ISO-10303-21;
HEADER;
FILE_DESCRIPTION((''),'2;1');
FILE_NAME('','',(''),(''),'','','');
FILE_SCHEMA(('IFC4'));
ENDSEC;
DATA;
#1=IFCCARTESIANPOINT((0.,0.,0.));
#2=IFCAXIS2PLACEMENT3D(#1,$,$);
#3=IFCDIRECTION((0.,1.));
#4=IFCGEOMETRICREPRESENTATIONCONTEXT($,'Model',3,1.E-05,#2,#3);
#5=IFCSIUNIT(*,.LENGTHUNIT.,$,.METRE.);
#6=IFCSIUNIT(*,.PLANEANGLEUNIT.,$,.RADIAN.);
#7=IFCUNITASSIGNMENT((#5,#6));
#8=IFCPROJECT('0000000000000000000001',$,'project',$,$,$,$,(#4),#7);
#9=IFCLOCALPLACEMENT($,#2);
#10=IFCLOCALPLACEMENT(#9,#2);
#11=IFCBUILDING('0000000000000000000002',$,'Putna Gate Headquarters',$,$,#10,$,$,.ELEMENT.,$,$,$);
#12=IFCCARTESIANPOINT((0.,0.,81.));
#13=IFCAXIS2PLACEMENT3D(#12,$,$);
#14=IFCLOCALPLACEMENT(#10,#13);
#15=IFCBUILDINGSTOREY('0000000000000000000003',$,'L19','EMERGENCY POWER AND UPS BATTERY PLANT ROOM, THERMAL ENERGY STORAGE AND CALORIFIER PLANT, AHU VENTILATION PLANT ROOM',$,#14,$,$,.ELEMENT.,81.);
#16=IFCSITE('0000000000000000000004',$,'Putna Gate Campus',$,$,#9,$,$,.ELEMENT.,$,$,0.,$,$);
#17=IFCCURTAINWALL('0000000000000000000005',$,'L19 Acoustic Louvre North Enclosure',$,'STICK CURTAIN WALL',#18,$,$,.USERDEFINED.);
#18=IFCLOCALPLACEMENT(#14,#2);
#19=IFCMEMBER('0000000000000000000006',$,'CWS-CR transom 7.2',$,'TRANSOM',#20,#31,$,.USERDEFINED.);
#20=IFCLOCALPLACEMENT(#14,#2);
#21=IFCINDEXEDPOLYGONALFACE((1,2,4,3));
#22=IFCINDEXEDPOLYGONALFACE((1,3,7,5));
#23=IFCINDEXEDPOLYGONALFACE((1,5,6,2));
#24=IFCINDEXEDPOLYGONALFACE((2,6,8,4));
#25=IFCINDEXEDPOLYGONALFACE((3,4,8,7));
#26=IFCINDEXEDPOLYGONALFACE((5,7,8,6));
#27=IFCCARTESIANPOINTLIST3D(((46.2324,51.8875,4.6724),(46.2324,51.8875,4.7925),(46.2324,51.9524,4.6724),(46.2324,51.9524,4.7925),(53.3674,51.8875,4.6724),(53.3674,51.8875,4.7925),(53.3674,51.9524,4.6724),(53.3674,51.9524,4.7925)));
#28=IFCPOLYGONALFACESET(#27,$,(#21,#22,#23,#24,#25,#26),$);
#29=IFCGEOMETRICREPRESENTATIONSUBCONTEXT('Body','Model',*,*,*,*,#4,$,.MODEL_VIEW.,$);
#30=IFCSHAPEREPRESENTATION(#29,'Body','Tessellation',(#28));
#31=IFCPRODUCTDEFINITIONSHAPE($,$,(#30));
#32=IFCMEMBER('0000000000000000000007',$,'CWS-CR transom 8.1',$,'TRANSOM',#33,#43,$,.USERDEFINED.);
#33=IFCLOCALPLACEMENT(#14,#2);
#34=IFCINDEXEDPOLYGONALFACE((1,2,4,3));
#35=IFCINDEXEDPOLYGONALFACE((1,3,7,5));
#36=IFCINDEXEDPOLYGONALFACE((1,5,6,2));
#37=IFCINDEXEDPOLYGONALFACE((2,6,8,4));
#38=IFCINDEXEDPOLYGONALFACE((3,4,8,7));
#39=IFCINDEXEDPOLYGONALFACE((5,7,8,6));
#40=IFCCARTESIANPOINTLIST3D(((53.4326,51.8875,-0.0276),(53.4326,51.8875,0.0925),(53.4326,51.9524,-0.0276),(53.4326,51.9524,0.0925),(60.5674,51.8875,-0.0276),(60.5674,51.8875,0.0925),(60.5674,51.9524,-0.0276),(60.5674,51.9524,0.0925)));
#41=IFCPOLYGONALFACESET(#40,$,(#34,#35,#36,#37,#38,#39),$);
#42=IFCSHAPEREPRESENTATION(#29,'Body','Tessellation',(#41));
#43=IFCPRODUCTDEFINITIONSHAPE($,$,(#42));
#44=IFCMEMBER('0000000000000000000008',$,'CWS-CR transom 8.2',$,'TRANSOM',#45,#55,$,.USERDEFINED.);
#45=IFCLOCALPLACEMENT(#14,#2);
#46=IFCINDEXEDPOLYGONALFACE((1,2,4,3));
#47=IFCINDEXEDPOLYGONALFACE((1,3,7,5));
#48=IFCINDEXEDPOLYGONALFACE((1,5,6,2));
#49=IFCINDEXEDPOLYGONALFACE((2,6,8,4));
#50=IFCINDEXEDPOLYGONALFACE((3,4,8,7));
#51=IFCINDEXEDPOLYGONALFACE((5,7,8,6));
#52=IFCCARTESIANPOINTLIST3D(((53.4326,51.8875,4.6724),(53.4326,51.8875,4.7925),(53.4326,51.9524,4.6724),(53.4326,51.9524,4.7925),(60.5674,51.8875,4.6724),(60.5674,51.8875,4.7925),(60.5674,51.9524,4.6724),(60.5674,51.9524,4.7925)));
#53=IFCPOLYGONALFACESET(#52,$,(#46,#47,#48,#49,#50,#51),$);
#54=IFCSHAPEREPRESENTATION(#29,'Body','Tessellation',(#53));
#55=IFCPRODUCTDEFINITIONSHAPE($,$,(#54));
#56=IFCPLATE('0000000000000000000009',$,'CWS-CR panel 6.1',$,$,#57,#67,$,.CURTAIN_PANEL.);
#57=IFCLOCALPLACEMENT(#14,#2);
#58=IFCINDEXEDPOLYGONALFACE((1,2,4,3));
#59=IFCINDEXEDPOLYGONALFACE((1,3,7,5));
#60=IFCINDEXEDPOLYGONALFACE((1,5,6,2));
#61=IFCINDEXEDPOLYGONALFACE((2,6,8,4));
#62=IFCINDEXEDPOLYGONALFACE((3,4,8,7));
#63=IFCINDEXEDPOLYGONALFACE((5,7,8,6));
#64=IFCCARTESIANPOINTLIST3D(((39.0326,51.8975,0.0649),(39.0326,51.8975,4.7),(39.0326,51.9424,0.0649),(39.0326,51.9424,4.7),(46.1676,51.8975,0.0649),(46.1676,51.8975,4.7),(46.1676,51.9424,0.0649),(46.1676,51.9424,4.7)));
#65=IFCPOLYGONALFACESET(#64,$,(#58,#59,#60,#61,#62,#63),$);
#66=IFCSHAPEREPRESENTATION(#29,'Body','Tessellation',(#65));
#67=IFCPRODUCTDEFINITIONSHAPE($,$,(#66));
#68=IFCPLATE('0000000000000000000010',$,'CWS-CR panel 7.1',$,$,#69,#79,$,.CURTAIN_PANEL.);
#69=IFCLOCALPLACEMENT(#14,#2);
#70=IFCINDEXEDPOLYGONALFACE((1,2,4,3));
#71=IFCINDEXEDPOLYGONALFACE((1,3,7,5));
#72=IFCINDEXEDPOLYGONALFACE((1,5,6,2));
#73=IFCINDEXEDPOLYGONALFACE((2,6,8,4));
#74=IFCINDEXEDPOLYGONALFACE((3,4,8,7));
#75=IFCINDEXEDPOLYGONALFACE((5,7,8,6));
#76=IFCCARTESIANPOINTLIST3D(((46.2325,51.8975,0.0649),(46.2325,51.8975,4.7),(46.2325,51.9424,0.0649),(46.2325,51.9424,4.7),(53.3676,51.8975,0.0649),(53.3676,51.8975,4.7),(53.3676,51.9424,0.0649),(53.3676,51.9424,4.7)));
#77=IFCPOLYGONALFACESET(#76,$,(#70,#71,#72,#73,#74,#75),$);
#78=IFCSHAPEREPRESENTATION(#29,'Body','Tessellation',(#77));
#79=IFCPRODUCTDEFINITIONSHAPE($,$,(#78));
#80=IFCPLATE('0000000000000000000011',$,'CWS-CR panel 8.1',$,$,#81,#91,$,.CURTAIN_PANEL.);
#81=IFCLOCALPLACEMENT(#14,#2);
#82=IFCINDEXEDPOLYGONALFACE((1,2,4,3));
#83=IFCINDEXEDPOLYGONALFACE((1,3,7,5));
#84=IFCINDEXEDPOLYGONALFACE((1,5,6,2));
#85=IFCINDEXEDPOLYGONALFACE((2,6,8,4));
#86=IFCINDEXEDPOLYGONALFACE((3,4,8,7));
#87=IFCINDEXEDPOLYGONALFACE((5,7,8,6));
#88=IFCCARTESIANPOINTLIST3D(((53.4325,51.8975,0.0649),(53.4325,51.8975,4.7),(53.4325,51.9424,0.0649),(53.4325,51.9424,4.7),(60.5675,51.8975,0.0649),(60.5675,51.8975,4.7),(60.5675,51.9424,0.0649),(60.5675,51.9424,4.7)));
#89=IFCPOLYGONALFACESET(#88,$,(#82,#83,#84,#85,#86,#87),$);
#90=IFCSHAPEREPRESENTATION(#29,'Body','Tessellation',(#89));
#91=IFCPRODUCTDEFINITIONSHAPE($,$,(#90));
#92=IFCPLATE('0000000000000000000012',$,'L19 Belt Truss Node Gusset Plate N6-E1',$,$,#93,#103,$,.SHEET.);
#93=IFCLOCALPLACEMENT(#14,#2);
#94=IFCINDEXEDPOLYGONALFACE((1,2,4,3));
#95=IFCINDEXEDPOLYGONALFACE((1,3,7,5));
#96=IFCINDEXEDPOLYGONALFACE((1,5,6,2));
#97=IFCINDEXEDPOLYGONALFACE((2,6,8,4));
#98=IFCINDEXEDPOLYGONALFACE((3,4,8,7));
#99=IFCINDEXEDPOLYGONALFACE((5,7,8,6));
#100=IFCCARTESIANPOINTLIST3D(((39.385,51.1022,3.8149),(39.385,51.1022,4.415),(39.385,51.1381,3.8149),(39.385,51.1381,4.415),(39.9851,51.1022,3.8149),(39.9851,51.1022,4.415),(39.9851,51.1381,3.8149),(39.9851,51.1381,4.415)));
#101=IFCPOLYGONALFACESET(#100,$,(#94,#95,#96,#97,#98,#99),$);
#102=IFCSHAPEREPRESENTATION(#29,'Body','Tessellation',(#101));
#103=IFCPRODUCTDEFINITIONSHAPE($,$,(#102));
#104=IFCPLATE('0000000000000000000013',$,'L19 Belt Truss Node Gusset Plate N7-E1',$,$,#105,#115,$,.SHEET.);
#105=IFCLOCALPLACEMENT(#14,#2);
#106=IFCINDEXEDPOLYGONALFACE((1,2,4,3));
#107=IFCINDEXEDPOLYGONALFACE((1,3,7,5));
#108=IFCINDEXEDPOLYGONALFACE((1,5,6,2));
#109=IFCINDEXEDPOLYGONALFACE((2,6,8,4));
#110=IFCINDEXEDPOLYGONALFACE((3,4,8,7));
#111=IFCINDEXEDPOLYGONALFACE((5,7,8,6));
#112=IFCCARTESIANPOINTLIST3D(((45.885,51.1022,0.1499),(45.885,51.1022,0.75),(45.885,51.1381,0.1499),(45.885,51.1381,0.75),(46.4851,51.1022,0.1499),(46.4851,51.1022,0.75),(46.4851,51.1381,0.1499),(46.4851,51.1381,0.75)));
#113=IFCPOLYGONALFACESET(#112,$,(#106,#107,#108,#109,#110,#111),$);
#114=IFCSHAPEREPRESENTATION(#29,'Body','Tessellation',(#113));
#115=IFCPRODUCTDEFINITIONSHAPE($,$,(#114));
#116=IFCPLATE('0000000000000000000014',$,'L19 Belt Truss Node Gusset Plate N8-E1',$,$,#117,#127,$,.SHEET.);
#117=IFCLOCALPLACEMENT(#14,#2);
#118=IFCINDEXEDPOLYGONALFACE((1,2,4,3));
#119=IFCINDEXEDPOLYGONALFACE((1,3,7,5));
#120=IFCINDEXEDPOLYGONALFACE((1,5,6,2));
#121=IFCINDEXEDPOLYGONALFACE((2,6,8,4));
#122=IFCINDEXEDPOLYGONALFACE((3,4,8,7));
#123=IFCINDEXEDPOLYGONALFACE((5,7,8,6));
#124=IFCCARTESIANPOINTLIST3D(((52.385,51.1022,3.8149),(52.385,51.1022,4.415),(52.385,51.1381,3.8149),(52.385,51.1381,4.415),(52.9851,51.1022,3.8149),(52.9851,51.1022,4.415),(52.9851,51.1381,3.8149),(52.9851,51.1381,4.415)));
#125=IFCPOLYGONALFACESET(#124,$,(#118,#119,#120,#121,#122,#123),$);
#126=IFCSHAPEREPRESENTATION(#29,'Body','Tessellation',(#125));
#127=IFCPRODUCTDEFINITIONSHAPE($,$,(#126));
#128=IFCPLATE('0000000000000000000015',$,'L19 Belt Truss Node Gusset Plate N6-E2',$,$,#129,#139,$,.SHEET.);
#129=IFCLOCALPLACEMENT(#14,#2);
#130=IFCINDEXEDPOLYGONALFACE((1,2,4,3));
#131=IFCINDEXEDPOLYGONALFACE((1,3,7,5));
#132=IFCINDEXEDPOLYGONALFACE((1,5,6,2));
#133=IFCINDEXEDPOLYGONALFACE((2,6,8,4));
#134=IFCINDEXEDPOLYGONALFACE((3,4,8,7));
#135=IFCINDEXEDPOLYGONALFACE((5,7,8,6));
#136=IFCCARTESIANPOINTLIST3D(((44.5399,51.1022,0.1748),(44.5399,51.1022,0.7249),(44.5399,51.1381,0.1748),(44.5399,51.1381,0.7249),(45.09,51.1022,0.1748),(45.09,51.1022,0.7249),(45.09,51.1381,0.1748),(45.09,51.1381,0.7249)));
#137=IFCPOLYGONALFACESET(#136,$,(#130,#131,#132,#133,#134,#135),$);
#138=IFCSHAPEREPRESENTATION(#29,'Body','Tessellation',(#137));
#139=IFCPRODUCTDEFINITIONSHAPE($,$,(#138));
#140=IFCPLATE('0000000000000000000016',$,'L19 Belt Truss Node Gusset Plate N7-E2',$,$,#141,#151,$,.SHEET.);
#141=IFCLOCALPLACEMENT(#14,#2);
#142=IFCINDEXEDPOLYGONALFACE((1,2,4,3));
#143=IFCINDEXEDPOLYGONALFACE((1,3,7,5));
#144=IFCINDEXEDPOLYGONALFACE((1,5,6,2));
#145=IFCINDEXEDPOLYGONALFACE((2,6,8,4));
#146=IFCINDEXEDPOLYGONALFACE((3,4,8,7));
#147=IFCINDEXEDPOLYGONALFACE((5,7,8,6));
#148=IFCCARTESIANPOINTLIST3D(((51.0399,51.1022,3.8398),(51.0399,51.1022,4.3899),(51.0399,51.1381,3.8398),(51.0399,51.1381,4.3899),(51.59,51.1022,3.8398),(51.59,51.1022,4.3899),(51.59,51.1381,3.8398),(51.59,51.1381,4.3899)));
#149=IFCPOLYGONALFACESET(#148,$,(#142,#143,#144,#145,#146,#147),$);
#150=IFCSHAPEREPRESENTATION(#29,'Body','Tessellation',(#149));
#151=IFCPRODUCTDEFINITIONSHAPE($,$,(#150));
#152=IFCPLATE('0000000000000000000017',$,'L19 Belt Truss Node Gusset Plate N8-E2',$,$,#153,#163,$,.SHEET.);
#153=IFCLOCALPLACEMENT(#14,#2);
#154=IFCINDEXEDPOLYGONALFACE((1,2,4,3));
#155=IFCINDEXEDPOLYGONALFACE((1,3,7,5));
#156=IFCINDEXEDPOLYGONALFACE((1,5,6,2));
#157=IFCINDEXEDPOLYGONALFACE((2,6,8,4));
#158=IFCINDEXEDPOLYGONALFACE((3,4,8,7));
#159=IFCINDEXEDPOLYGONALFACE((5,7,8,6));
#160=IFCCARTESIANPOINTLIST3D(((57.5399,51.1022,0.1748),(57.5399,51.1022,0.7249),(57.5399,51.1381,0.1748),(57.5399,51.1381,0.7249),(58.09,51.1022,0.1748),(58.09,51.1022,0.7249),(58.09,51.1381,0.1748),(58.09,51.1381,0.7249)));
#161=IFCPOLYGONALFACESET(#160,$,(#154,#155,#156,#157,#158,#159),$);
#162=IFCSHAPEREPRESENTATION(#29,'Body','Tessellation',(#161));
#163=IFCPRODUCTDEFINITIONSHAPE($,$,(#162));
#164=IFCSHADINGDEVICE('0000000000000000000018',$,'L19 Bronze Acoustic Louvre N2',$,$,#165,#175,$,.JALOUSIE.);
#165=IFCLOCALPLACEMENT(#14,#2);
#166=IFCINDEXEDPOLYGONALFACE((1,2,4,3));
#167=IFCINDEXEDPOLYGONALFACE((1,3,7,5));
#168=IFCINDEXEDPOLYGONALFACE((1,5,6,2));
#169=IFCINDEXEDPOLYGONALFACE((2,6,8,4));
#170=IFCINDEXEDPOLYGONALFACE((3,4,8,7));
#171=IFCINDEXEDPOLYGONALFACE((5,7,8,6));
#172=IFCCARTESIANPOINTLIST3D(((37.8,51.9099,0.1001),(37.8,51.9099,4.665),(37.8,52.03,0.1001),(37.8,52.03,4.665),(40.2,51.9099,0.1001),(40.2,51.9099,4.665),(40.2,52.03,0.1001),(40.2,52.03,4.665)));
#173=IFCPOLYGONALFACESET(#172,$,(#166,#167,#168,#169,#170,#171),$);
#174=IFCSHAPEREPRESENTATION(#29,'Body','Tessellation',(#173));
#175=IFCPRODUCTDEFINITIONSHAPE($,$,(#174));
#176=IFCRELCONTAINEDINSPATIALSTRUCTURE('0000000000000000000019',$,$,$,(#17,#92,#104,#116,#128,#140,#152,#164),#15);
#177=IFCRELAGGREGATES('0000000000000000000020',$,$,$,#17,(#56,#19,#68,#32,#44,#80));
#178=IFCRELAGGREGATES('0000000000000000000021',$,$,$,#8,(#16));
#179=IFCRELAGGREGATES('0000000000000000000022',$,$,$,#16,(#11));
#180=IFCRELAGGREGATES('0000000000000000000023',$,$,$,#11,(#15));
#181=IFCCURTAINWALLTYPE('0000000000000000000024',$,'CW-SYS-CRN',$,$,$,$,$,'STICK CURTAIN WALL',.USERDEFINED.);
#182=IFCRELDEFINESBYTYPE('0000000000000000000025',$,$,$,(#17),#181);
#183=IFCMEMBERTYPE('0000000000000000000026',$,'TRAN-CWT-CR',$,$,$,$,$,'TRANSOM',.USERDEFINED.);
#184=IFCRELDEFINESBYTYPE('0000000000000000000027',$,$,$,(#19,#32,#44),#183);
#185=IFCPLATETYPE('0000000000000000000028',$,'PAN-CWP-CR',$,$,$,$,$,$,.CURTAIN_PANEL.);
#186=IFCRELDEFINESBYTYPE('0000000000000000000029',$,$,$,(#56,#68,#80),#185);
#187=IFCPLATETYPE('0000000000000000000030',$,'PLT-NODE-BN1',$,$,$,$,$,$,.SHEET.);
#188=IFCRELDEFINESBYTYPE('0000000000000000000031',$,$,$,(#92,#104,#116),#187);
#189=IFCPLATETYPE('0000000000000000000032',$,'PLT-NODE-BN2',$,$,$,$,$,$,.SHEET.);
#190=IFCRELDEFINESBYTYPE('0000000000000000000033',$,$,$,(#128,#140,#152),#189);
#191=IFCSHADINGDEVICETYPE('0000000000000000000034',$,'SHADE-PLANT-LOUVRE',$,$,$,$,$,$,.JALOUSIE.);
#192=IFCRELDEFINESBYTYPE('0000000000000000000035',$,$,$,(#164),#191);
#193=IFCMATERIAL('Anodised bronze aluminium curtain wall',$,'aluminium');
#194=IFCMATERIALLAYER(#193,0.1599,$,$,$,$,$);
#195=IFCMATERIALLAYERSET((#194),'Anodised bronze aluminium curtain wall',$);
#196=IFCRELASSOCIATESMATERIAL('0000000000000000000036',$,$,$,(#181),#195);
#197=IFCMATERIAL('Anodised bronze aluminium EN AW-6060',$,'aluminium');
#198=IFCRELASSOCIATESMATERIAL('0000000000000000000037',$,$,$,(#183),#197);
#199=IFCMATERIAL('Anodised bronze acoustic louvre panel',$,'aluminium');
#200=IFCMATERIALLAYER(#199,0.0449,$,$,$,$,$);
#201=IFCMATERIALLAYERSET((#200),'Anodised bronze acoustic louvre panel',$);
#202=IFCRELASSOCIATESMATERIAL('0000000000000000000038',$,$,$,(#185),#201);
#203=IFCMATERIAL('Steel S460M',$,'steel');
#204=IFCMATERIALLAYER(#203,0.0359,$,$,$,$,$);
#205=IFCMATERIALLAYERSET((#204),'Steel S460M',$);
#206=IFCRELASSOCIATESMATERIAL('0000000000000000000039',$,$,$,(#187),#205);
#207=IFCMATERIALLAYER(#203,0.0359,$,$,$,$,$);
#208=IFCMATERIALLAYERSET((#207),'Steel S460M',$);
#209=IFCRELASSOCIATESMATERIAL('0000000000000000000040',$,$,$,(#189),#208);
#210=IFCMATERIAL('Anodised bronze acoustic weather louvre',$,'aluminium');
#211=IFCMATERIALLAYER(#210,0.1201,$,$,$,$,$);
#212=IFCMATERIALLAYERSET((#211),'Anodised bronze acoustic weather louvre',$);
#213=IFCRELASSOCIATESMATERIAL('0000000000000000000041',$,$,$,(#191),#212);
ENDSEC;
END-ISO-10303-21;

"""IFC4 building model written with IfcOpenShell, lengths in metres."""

from ifc_helpers import new_model, si_unit, direction, frame, origin, origin_2d, place, context, subcontext, project, spatial, rectangle, extrude, material, layer, layer_set, material_profile, profile_set, type_object, element, aggregate, save


model = new_model("IFC4")

# Units and contexts
model_context = context("Model", 3, precision=1e-05, world=origin(), true_north=direction((0.0, 1.0)))
body_context = subcontext(model_context, "Body", "Model", "MODEL_VIEW")
ifc_project = project(units=[si_unit("LENGTHUNIT", "METRE"), si_unit("PLANEANGLEUNIT", "RADIAN")], contexts=[model_context])

# Site, building, storey
site_placement = place(None, origin())
site = spatial("IfcSite", under=ifc_project, at=site_placement, Name="Putna Gate Campus", CompositionType="ELEMENT", RefElevation=0.0)
building_placement = place(site_placement, origin())
building = spatial("IfcBuilding", under=site, at=building_placement, Name="Putna Gate Headquarters", CompositionType="ELEMENT")
storey_placement = place(building_placement, frame((0.0, 0.0, 81.0)))
storey = spatial("IfcBuildingStorey", under=building, at=storey_placement, Name="L19", Description="EMERGENCY POWER AND UPS BATTERY PLANT ROOM, THERMAL ENERGY STORAGE AND CALORIFIER PLANT, AHU VENTILATION PLANT ROOM", CompositionType="ELEMENT", Elevation=81.0)

# Shared definitions
ifc_material_1 = material(Name="Steel S460M", Category="steel")

# Curtain wall, members, plates
ifc_material_2 = material(Name="Anodised bronze aluminium curtain wall", Category="aluminium")
ifc_layer_1 = layer(ifc_material_2, 0.1599)
ifc_layer_set_1 = layer_set([ifc_layer_1], Name="Anodised bronze aluminium curtain wall")
curtain_wall_type = type_object("IfcCurtainWallType", Name="CW-SYS-CRN", ElementType="STICK CURTAIN WALL", PredefinedType="USERDEFINED", material=ifc_layer_set_1)
curtain_wall_placement = place(storey_placement, origin())
curtain_wall = element("IfcCurtainWall", 1, at=curtain_wall_placement, inside=storey, type_object=curtain_wall_type, Name="L19 Acoustic Louvre North Enclosure", ObjectType="STICK CURTAIN WALL", PredefinedType="USERDEFINED")
ifc_material_3 = material(Name="Anodised bronze aluminium EN AW-6060", Category="aluminium")
ifc_material_profile_1 = material_profile(ifc_material_3, rectangle(XDim=0.0649, YDim=0.1201, at=origin_2d()), Name="Anodised bronze aluminium EN AW-6060")
ifc_profile_set_1 = profile_set([ifc_material_profile_1], Name="Anodised bronze aluminium EN AW-6060")
member_type_1 = type_object("IfcMemberType", Name="TRAN-CWT-CR", ElementType="TRANSOM", PredefinedType="USERDEFINED", material=ifc_profile_set_1)
member_1_placement = place(storey_placement, frame((46.2324, 51.9199, 4.7324), z_axis=(1.0, 0.0, 0.0), x_axis=(0.0, 1.0, 0.0)))
member_1 = element("IfcMember", 2, at=member_1_placement, type_object=member_type_1, Name="CWS-CR transom 7.2", ObjectType="TRANSOM", PredefinedType="USERDEFINED", context=body_context, shape_type="SweptSolid", body=[
    extrude(rectangle(XDim=0.0649, YDim=0.1201, at=origin_2d()), origin(), (0.0, 0.0, 1.0), 7.135),
])
member_2_placement = place(storey_placement, frame((53.4326, 51.9199, 0.0325), z_axis=(1.0, 0.0, 0.0), x_axis=(0.0, 1.0, 0.0)))
member_2 = element("IfcMember", 3, at=member_2_placement, type_object=member_type_1, Name="CWS-CR transom 8.1", ObjectType="TRANSOM", PredefinedType="USERDEFINED", context=body_context, shape_type="SweptSolid", body=[
    extrude(rectangle(XDim=0.0649, YDim=0.1201, at=origin_2d()), origin(), (0.0, 0.0, 1.0), 7.1348),
])
member_3_placement = place(storey_placement, frame((53.4326, 51.9199, 4.7324), z_axis=(1.0, 0.0, 0.0), x_axis=(0.0, 1.0, 0.0)))
member_3 = element("IfcMember", 4, at=member_3_placement, type_object=member_type_1, Name="CWS-CR transom 8.2", ObjectType="TRANSOM", PredefinedType="USERDEFINED", context=body_context, shape_type="SweptSolid", body=[
    extrude(rectangle(XDim=0.0649, YDim=0.1201, at=origin_2d()), origin(), (0.0, 0.0, 1.0), 7.1348),
])
ifc_material_4 = material(Name="Anodised bronze acoustic louvre panel", Category="aluminium")
ifc_layer_2 = layer(ifc_material_4, 0.0449)
ifc_layer_set_2 = layer_set([ifc_layer_2], Name="Anodised bronze acoustic louvre panel")
plate_type_1 = type_object("IfcPlateType", Name="PAN-CWP-CR", PredefinedType="CURTAIN_PANEL", material=ifc_layer_set_2)
plate_1_placement = place(storey_placement, frame((42.6001, 51.9199, 0.0649), z_axis=(0.0, 0.0, 1.0), x_axis=(1.0, 0.0, 0.0)))
plate_1 = element("IfcPlate", 5, at=plate_1_placement, type_object=plate_type_1, Name="CWS-CR panel 6.1", PredefinedType="CURTAIN_PANEL", context=body_context, shape_type="SweptSolid", body=[
    extrude(rectangle(XDim=7.135, YDim=0.0449, at=origin_2d()), origin(), (0.0, 0.0, 1.0), 4.635),
])
plate_2_placement = place(storey_placement, frame((49.8, 51.9199, 0.0649), z_axis=(0.0, 0.0, 1.0), x_axis=(1.0, 0.0, 0.0)))
plate_2 = element("IfcPlate", 6, at=plate_2_placement, type_object=plate_type_1, Name="CWS-CR panel 7.1", PredefinedType="CURTAIN_PANEL", context=body_context, shape_type="SweptSolid", body=[
    extrude(rectangle(XDim=7.135, YDim=0.0449, at=origin_2d()), origin(), (0.0, 0.0, 1.0), 4.635),
])
plate_3_placement = place(storey_placement, frame((57.0, 51.9199, 0.0649), z_axis=(0.0, 0.0, 1.0), x_axis=(1.0, 0.0, 0.0)))
plate_3 = element("IfcPlate", 7, at=plate_3_placement, type_object=plate_type_1, Name="CWS-CR panel 8.1", PredefinedType="CURTAIN_PANEL", context=body_context, shape_type="SweptSolid", body=[
    extrude(rectangle(XDim=7.135, YDim=0.0449, at=origin_2d()), origin(), (0.0, 0.0, 1.0), 4.635),
])
aggregate(curtain_wall, [plate_1, member_1, plate_2, member_2, member_3, plate_3])

# Plates
ifc_layer_3 = layer(ifc_material_1, 0.0359)
ifc_layer_set_3 = layer_set([ifc_layer_3], Name="Steel S460M")
plate_type_2 = type_object("IfcPlateType", Name="PLT-NODE-BN1", PredefinedType="SHEET", material=ifc_layer_set_3)
for number, where, z_axis, x_axis, name in (
    (8, (39.6851, 51.1201, 3.8149), (0.0, 0.0, 1.0), (1.0, 0.0, 0.0), "L19 Belt Truss Node Gusset Plate N6-E1"),
    (9, (46.1851, 51.1201, 0.1499), (0.0, 0.0, 1.0), (1.0, 0.0, 0.0), "L19 Belt Truss Node Gusset Plate N7-E1"),
    (10, (52.6851, 51.1201, 3.8149), (0.0, 0.0, 1.0), (1.0, 0.0, 0.0), "L19 Belt Truss Node Gusset Plate N8-E1"),
):
    element("IfcPlate", number, at=place(storey_placement, frame(where, z_axis=z_axis, x_axis=x_axis)), inside=storey, type_object=plate_type_2, Name=name, PredefinedType="SHEET", context=body_context, shape_type="SweptSolid", body=[
        extrude(rectangle(XDim=0.6001, YDim=0.0359, at=origin_2d()), origin(), (0.0, 0.0, 1.0), 0.6001),
    ])
ifc_layer_4 = layer(ifc_material_1, 0.0359)
ifc_layer_set_4 = layer_set([ifc_layer_4], Name="Steel S460M")
plate_type_3 = type_object("IfcPlateType", Name="PLT-NODE-BN2", PredefinedType="SHEET", material=ifc_layer_set_4)
for number, where, z_axis, x_axis, name in (
    (11, (44.8149, 51.1201, 0.1748), (0.0, 0.0, 1.0), (1.0, 0.0, 0.0), "L19 Belt Truss Node Gusset Plate N6-E2"),
    (12, (51.3149, 51.1201, 3.8398), (0.0, 0.0, 1.0), (1.0, 0.0, 0.0), "L19 Belt Truss Node Gusset Plate N7-E2"),
    (13, (57.8149, 51.1201, 0.1748), (0.0, 0.0, 1.0), (1.0, 0.0, 0.0), "L19 Belt Truss Node Gusset Plate N8-E2"),
):
    element("IfcPlate", number, at=place(storey_placement, frame(where, z_axis=z_axis, x_axis=x_axis)), inside=storey, type_object=plate_type_3, Name=name, PredefinedType="SHEET", context=body_context, shape_type="SweptSolid", body=[
        extrude(rectangle(XDim=0.55, YDim=0.0359, at=origin_2d()), origin(), (0.0, 0.0, 1.0), 0.55),
    ])

# Shading device
ifc_material_5 = material(Name="Anodised bronze acoustic weather louvre", Category="aluminium")
ifc_layer_5 = layer(ifc_material_5, 0.1201)
ifc_layer_set_5 = layer_set([ifc_layer_5], Name="Anodised bronze acoustic weather louvre")
shading_device_type = type_object("IfcShadingDeviceType", Name="SHADE-PLANT-LOUVRE", PredefinedType="JALOUSIE", material=ifc_layer_set_5)
shading_device_placement = place(storey_placement, frame((39.0, 51.97, 0.1001), z_axis=(0.0, 0.0, 1.0), x_axis=(1.0, 0.0, 0.0)))
element("IfcShadingDevice", 14, at=shading_device_placement, inside=storey, type_object=shading_device_type, Name="L19 Bronze Acoustic Louvre N2", PredefinedType="JALOUSIE", context=body_context, shape_type="SweptSolid", body=[
    extrude(rectangle(XDim=2.3999, YDim=0.1201, at=origin_2d()), origin(), (0.0, 0.0, 1.0), 4.5649),
])

save(model, "model.ifc")
